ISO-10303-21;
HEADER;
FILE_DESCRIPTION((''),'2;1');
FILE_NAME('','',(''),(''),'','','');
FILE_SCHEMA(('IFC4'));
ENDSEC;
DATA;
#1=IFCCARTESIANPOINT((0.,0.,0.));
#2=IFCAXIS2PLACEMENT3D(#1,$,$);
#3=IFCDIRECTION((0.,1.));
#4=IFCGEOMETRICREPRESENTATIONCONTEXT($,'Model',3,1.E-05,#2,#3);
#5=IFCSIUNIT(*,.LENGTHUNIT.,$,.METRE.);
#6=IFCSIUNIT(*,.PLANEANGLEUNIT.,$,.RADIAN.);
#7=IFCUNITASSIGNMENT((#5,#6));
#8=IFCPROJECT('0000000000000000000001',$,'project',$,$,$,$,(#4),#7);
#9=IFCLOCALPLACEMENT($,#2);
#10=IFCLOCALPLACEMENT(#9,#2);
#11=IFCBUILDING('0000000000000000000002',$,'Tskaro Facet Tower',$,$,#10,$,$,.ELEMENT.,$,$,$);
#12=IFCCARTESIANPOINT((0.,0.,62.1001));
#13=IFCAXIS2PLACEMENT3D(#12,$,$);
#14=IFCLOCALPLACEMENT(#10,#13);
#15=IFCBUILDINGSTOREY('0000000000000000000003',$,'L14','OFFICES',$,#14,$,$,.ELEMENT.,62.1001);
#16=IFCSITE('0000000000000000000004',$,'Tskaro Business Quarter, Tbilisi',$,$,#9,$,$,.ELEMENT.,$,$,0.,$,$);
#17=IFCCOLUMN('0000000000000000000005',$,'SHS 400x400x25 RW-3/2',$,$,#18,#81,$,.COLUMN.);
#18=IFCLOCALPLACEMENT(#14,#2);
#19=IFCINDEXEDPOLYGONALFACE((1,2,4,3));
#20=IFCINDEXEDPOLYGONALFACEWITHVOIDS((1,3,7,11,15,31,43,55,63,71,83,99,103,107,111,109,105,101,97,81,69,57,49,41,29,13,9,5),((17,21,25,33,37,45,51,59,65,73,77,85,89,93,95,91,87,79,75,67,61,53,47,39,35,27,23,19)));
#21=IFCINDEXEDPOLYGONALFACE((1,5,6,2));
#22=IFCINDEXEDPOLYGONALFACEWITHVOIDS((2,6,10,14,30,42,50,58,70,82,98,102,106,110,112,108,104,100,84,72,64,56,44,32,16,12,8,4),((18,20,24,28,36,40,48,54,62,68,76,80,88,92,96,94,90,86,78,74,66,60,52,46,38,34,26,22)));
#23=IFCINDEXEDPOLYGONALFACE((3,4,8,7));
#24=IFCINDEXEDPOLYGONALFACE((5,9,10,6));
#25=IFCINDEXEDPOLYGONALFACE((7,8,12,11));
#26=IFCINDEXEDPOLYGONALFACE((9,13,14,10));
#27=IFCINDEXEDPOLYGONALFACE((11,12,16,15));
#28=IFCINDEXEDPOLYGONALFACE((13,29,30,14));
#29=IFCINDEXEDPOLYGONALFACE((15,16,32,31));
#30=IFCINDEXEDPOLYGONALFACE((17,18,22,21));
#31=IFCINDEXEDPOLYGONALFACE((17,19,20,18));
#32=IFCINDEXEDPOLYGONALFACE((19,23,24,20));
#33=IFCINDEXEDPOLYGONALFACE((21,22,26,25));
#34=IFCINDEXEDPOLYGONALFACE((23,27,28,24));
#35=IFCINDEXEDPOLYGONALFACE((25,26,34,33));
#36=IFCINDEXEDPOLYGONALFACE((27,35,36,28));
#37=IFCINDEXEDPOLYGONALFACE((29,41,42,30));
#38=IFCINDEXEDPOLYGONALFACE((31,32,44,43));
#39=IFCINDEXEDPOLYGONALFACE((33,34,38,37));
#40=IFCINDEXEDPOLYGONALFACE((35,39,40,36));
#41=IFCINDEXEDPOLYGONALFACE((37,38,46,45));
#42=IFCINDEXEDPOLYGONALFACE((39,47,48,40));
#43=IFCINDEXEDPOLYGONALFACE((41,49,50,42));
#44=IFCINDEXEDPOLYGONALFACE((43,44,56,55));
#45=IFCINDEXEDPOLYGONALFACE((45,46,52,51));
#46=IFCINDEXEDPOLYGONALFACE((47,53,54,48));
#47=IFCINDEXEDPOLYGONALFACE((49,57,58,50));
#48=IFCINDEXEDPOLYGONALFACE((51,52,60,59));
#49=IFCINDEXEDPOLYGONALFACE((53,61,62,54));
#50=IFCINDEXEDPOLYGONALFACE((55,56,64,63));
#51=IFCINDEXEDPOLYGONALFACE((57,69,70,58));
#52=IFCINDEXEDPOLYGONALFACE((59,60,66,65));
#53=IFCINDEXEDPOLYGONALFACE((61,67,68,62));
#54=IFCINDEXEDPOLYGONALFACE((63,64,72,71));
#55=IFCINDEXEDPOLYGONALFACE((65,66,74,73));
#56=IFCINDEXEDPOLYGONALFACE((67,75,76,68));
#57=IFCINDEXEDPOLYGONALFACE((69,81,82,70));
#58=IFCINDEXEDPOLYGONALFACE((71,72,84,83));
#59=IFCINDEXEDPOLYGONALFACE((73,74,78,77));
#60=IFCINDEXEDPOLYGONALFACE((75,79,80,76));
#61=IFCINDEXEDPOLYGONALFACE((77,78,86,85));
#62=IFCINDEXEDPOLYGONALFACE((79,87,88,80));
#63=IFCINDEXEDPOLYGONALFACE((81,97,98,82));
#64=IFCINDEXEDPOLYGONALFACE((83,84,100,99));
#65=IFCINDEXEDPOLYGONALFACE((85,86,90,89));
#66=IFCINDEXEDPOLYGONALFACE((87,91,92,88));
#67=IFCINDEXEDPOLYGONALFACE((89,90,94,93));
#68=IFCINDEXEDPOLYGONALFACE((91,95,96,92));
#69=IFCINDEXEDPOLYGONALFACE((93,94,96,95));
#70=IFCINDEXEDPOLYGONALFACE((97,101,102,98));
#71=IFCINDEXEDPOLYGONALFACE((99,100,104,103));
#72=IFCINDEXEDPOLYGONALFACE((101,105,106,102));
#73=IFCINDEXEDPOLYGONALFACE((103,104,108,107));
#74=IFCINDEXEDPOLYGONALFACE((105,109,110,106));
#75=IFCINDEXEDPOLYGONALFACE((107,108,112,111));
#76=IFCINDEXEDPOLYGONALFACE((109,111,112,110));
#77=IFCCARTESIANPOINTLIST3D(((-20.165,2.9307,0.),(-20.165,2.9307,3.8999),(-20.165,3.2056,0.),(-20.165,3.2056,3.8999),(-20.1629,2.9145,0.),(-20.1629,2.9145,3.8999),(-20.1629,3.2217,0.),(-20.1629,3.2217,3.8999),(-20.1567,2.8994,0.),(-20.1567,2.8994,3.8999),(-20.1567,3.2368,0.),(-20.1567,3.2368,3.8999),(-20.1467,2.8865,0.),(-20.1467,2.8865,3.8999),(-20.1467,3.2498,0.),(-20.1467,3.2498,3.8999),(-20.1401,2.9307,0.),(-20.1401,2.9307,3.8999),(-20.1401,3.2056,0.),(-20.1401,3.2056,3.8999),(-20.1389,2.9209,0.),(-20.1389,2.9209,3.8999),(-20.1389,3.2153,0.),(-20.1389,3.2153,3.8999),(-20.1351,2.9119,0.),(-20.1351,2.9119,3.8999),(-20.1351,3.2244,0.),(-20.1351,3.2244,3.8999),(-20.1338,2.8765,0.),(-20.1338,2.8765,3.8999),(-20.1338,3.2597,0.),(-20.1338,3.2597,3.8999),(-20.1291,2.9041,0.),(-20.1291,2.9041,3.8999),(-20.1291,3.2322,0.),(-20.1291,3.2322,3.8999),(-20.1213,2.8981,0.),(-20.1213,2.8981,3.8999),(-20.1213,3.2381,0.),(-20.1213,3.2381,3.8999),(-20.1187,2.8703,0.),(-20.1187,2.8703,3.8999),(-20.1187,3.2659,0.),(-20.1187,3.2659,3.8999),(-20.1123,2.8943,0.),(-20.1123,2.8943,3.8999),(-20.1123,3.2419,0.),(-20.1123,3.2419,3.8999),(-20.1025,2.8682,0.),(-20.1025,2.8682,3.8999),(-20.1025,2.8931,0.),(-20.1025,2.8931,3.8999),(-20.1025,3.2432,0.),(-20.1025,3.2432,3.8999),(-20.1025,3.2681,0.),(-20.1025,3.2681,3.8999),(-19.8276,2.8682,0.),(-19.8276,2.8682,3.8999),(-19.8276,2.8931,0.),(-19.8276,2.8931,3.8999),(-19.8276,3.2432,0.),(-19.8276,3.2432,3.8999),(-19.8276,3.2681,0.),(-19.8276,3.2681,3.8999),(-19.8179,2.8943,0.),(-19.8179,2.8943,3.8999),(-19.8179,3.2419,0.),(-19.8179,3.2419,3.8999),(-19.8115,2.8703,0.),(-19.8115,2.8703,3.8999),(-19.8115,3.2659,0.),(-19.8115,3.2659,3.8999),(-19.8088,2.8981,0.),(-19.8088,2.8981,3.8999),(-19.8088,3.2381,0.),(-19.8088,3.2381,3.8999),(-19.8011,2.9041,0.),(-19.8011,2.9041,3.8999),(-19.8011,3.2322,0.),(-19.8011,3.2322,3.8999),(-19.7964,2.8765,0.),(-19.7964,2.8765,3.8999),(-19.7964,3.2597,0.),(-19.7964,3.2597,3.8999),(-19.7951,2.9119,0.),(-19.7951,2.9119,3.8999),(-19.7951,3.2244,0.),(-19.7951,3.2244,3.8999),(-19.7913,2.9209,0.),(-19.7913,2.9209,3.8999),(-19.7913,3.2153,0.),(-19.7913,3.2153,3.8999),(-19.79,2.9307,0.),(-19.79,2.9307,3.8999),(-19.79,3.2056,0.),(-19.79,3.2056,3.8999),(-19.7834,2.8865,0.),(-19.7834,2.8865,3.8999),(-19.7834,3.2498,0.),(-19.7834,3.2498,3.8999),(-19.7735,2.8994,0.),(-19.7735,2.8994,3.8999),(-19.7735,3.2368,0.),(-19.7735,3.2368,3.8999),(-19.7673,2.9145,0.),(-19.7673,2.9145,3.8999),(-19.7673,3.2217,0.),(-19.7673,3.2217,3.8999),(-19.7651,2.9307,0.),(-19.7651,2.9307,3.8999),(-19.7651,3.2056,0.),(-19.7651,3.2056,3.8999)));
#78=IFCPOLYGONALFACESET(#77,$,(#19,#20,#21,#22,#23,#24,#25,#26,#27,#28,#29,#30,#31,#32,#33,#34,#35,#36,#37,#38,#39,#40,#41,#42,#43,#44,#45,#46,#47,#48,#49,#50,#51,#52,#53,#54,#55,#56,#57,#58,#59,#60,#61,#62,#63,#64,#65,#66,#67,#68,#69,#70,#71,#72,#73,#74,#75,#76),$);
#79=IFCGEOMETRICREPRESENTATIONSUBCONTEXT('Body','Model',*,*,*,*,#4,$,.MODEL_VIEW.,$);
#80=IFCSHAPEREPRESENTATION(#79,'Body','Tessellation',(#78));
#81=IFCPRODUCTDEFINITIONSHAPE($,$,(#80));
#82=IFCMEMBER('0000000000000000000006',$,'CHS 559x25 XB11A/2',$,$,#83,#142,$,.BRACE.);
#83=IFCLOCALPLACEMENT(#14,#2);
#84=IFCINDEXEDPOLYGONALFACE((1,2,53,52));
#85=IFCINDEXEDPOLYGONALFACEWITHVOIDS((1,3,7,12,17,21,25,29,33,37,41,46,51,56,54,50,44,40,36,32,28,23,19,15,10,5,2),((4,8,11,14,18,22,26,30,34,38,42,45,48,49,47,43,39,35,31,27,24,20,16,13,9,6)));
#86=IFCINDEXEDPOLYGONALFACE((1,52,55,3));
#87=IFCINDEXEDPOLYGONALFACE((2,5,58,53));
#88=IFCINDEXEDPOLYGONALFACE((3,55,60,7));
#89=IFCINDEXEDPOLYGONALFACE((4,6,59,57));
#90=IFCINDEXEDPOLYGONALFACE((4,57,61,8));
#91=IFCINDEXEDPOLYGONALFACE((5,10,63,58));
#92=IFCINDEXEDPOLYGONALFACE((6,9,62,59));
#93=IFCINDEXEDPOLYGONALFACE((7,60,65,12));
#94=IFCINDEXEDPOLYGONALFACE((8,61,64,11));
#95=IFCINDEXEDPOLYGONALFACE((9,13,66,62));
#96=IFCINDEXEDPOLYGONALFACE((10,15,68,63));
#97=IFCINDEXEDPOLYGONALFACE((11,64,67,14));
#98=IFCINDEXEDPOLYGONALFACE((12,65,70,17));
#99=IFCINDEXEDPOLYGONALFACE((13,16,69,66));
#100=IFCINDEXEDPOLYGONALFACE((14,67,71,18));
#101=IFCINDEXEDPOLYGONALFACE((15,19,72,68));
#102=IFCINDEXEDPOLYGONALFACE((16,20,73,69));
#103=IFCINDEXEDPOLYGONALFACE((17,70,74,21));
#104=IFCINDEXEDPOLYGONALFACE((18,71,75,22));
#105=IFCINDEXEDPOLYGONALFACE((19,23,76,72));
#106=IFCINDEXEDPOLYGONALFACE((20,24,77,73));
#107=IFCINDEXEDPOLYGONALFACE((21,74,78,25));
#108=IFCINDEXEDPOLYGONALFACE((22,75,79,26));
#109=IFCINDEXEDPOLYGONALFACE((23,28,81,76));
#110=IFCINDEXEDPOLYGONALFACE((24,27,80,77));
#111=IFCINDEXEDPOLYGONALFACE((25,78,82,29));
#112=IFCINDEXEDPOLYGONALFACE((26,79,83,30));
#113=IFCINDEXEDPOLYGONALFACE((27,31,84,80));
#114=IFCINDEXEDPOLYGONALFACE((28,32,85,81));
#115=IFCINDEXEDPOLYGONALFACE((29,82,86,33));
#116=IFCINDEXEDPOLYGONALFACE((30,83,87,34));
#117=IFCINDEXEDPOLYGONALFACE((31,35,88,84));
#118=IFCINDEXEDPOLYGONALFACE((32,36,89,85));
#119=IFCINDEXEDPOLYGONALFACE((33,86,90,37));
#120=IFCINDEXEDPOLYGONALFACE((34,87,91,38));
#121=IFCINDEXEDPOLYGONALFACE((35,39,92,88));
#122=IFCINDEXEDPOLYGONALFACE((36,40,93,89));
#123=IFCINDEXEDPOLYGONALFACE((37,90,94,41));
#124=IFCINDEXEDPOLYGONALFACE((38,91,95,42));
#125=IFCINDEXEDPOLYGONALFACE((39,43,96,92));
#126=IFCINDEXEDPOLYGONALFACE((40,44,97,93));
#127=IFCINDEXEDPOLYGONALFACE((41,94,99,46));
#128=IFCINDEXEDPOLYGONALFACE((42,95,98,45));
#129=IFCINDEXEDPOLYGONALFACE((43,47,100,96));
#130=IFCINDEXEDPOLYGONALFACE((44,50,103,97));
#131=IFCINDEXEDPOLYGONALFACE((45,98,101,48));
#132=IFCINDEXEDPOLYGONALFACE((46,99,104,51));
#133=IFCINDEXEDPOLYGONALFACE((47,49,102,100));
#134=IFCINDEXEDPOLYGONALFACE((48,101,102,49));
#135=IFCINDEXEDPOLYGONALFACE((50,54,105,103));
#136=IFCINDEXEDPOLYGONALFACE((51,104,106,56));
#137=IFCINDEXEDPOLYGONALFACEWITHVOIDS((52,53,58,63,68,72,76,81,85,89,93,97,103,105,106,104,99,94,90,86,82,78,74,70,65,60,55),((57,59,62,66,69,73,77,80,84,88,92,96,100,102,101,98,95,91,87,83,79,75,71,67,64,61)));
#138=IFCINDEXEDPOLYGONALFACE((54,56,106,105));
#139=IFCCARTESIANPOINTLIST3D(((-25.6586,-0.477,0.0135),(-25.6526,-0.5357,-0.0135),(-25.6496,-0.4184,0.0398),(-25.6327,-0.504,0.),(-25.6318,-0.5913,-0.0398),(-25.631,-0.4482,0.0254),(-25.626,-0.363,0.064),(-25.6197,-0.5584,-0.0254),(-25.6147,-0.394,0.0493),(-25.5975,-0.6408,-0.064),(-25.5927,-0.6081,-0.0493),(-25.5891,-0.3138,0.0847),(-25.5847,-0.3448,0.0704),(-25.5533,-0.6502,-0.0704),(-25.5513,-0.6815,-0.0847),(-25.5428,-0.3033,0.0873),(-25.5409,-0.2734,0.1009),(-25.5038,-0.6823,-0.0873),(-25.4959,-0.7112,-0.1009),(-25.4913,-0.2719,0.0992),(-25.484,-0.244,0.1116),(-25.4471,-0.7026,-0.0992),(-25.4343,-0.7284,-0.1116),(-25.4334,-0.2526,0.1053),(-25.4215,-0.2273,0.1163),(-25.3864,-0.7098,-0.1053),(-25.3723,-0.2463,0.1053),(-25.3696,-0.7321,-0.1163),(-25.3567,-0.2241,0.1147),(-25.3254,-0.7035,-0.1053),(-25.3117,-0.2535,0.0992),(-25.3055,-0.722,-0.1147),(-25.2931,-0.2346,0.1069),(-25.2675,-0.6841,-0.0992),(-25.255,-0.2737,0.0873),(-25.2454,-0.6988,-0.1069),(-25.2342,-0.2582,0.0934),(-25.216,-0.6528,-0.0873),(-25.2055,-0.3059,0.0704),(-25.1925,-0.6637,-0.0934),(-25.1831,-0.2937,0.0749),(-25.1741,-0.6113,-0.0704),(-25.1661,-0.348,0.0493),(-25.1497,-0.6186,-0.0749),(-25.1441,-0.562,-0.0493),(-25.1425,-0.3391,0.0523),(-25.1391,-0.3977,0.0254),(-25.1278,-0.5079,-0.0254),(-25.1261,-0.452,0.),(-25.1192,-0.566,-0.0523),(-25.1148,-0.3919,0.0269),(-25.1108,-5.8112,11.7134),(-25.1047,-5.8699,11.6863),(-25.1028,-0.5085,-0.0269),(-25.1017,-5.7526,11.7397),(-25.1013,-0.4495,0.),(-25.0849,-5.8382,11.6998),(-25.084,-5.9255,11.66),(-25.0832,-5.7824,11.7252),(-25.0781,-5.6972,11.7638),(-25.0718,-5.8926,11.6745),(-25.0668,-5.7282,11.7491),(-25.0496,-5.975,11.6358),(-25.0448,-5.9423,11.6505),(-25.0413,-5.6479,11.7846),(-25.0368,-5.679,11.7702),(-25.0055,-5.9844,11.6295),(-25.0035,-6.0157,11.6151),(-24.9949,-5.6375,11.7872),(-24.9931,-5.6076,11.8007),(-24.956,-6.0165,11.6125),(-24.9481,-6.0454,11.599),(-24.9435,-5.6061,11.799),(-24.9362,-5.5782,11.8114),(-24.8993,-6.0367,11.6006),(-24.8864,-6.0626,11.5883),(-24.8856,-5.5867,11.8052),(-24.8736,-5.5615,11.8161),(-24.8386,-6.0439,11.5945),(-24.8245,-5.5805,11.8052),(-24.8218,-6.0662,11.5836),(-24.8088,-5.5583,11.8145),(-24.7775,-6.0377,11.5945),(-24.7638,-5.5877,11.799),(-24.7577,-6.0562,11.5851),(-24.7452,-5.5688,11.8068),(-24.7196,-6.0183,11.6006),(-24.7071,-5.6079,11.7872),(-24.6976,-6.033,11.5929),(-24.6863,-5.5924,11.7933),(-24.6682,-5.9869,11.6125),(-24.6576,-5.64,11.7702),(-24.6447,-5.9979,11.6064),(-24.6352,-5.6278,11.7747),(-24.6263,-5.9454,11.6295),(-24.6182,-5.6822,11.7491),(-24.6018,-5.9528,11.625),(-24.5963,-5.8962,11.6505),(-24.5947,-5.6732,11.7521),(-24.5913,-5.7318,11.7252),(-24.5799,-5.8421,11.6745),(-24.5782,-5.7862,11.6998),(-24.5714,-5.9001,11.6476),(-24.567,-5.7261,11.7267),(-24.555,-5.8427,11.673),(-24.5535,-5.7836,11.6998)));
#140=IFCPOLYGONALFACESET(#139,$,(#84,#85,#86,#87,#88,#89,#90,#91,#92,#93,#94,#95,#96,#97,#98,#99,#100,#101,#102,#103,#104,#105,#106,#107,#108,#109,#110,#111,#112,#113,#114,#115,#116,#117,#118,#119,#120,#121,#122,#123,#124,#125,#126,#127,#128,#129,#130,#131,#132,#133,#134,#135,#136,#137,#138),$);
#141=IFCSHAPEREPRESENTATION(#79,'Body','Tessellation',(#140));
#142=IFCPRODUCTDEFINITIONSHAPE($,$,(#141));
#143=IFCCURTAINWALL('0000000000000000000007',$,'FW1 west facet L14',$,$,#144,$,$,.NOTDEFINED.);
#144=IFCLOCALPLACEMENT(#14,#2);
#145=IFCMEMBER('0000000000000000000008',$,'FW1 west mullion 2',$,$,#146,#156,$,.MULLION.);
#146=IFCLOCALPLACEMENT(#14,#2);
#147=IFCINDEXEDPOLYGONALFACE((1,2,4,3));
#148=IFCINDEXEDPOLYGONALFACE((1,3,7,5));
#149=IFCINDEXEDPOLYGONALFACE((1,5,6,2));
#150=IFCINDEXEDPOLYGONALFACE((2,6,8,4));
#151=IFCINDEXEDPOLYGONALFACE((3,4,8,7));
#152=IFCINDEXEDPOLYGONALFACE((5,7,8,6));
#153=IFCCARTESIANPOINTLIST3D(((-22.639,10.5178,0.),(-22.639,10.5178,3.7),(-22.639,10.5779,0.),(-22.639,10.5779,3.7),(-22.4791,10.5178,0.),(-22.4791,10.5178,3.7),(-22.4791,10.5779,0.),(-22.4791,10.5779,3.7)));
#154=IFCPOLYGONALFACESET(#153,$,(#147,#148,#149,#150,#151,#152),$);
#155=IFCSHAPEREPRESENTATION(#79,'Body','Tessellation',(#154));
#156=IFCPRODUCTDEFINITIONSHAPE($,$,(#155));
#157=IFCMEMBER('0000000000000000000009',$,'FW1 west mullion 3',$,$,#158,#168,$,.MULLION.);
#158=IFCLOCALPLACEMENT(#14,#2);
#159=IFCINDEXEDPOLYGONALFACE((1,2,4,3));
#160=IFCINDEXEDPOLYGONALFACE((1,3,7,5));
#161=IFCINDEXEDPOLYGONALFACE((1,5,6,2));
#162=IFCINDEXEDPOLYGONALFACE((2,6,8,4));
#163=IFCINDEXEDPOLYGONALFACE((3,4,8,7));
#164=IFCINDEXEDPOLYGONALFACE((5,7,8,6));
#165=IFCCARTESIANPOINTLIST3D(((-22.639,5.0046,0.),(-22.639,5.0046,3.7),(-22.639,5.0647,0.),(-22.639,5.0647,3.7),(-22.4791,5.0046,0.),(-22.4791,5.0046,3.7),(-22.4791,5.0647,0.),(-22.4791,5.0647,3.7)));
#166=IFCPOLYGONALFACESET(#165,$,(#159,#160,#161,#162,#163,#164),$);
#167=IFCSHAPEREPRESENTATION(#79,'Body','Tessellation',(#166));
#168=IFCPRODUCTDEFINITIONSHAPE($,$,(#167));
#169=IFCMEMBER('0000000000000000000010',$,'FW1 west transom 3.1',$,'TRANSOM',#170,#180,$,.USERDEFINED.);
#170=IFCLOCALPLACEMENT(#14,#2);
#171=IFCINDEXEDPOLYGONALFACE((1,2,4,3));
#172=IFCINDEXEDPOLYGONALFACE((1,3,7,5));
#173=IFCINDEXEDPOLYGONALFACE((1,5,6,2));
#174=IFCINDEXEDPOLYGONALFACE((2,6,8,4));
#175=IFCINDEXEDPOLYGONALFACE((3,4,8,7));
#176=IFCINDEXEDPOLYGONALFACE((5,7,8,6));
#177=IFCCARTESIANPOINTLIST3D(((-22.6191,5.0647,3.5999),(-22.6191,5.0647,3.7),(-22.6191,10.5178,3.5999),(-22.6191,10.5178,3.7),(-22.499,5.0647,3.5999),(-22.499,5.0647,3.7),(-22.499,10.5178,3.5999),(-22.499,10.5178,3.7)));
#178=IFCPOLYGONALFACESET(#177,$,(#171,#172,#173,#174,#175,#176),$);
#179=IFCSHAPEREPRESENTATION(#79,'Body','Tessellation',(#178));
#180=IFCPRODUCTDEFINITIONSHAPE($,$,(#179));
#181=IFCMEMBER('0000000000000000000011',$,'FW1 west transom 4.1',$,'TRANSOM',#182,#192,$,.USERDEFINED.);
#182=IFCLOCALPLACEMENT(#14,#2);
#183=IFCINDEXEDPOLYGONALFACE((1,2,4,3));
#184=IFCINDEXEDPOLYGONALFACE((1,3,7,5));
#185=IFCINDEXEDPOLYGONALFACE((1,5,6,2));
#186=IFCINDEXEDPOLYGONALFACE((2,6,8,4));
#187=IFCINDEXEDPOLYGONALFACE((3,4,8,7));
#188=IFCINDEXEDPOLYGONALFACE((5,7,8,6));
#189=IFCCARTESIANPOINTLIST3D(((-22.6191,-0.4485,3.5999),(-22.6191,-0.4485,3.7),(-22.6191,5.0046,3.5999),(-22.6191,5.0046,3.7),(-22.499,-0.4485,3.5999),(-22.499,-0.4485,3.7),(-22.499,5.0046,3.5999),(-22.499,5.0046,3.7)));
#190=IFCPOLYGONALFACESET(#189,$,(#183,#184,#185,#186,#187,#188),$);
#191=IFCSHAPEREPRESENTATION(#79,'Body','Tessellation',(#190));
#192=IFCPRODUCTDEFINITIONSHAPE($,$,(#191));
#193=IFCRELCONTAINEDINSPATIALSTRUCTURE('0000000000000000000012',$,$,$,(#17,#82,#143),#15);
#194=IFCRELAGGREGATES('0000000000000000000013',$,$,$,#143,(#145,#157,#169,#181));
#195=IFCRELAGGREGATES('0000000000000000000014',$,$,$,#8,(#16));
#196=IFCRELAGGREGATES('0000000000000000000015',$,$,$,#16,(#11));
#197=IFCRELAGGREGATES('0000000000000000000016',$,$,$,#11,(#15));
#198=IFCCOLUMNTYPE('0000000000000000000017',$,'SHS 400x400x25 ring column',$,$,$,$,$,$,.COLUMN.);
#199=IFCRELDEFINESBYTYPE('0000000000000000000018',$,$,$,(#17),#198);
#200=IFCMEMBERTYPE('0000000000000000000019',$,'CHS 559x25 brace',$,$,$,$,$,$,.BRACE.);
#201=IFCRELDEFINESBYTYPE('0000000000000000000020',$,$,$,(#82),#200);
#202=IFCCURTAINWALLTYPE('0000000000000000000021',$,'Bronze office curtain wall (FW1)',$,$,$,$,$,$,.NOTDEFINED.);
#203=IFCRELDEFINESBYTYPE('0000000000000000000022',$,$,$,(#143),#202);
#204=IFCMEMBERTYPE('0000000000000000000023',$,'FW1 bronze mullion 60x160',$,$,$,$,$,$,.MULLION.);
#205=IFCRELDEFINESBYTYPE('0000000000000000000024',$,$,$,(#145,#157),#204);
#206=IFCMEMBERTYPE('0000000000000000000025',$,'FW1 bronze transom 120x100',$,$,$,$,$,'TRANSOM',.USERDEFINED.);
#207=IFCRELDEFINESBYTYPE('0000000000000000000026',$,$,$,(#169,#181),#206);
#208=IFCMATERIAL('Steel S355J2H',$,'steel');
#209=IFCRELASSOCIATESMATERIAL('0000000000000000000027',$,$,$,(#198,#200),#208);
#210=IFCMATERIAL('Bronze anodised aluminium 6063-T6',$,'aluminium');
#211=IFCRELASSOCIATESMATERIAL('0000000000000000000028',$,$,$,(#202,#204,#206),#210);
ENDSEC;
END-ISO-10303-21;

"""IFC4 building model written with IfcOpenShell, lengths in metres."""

from ifc_helpers import new_model, si_unit, direction, frame, origin, origin_2d, place, context, subcontext, project, spatial, rectangle, hollow_rectangle, hollow_circle, extrude, material, material_profile, profile_set, type_object, element, aggregate, save


model = new_model("IFC4")

# Units and contexts
model_context = context("Model", 3, precision=1e-05, world=origin(), true_north=direction((0.0, 1.0)))
body_context = subcontext(model_context, "Body", "Model", "MODEL_VIEW")
ifc_project = project(units=[si_unit("LENGTHUNIT", "METRE"), si_unit("PLANEANGLEUNIT", "RADIAN")], contexts=[model_context])

# Site, building, storey
site_placement = place(None, origin())
site = spatial("IfcSite", under=ifc_project, at=site_placement, Name="Tskaro Business Quarter, Tbilisi", CompositionType="ELEMENT", RefElevation=0.0)
building_placement = place(site_placement, origin())
building = spatial("IfcBuilding", under=site, at=building_placement, Name="Tskaro Facet Tower", CompositionType="ELEMENT")
storey_placement = place(building_placement, frame((0.0, 0.0, 62.1001)))
storey = spatial("IfcBuildingStorey", under=building, at=storey_placement, Name="L14", Description="OFFICES", CompositionType="ELEMENT", Elevation=62.1001)

# Column
ifc_material_1 = material(Name="Steel S355J2H", Category="steel")
ifc_material_profile_1 = material_profile(ifc_material_1, hollow_rectangle(XDim=0.3999, YDim=0.3999, WallThickness=0.0249, InnerFilletRadius=0.0376, OuterFilletRadius=0.0625, at=origin_2d()), Name="SHS 400x400x25")
ifc_profile_set_1 = profile_set([ifc_material_profile_1], Name="Steel S355J2H")
column_type_1 = type_object("IfcColumnType", Name="SHS 400x400x25 ring column", PredefinedType="COLUMN", material=ifc_profile_set_1)
for number, where, z_axis, x_axis, name in (
    (1, (-19.9651, 3.0681, 0.0), (0.0, 0.0, 1.0), (1.0, 0.0, 0.0), "SHS 400x400x25 RW-3/2"),
):
    element("IfcColumn", number, at=place(storey_placement, frame(where, z_axis=z_axis, x_axis=x_axis)), inside=storey, type_object=column_type_1, Name=name, PredefinedType="COLUMN", context=body_context, shape_type="SweptSolid", body=[
        extrude(hollow_rectangle(XDim=0.3999, YDim=0.3999, WallThickness=0.0249, InnerFilletRadius=0.0376, OuterFilletRadius=0.0625, at=origin_2d()), origin(), (0.0, 0.0, 1.0), 3.8999),
    ])

# Member
ifc_material_profile_2 = material_profile(ifc_material_1, hollow_circle(Radius=0.2795, WallThickness=0.0249, at=origin_2d()), Name="CHS 559x25")
ifc_profile_set_2 = profile_set([ifc_material_profile_2], Name="Steel S355J2H")
member_type_1 = type_object("IfcMemberType", Name="CHS 559x25 brace", PredefinedType="BRACE", material=ifc_profile_set_2)
member_1_placement = place(storey_placement, frame((-25.3794, -0.478, 0.0), z_axis=(0.042567, -0.414462, 0.90907), x_axis=(0.994767, 0.102167, 0.0)))
element("IfcMember", 2, at=member_1_placement, inside=storey, type_object=member_type_1, Name="CHS 559x25 XB11A/2", PredefinedType="BRACE", context=body_context, shape_type="SweptSolid", body=[
    extrude(hollow_circle(Radius=0.2795, WallThickness=0.0249, at=origin_2d()), origin(), (0.0, 0.0, 1.0), 12.8701),
])

# Curtain wall, members
ifc_material_2 = material(Name="Bronze anodised aluminium 6063-T6", Category="aluminium")
curtain_wall_type = type_object("IfcCurtainWallType", Name="Bronze office curtain wall (FW1)", PredefinedType="NOTDEFINED", material=ifc_material_2)
curtain_wall_placement = place(storey_placement, origin())
curtain_wall = element("IfcCurtainWall", 3, at=curtain_wall_placement, inside=storey, type_object=curtain_wall_type, Name="FW1 west facet L14", PredefinedType="NOTDEFINED")
ifc_material_profile_3 = material_profile(ifc_material_2, rectangle(XDim=0.0601, YDim=0.1599, at=origin_2d()), Name="Mullion 60x160")
ifc_profile_set_3 = profile_set([ifc_material_profile_3], Name="Bronze anodised aluminium 6063-T6")
member_type_2 = type_object("IfcMemberType", Name="FW1 bronze mullion 60x160", PredefinedType="MULLION", material=ifc_profile_set_3)
member_2_placement = place(storey_placement, frame((-22.5591, 10.5479, 0.0), z_axis=(0.0, 0.0, 1.0), x_axis=(0.0, -1.0, 0.0)))
member_2 = element("IfcMember", 4, at=member_2_placement, type_object=member_type_2, Name="FW1 west mullion 2", PredefinedType="MULLION", context=body_context, shape_type="SweptSolid", body=[
    extrude(rectangle(XDim=0.0601, YDim=0.1599, at=origin_2d()), origin(), (0.0, 0.0, 1.0), 3.7),
])
member_3_placement = place(storey_placement, frame((-22.5591, 5.0347, 0.0), z_axis=(0.0, 0.0, 1.0), x_axis=(0.0, -1.0, 0.0)))
member_3 = element("IfcMember", 5, at=member_3_placement, type_object=member_type_2, Name="FW1 west mullion 3", PredefinedType="MULLION", context=body_context, shape_type="SweptSolid", body=[
    extrude(rectangle(XDim=0.0601, YDim=0.1599, at=origin_2d()), origin(), (0.0, 0.0, 1.0), 3.7),
])
ifc_material_profile_4 = material_profile(ifc_material_2, rectangle(XDim=0.1201, YDim=0.1001, at=origin_2d()), Name="Transom 120x100")
ifc_profile_set_4 = profile_set([ifc_material_profile_4], Name="Bronze anodised aluminium 6063-T6")
member_type_3 = type_object("IfcMemberType", Name="FW1 bronze transom 120x100", ElementType="TRANSOM", PredefinedType="USERDEFINED", material=ifc_profile_set_4)
member_4_placement = place(storey_placement, frame((-22.5591, 10.5178, 3.6499), z_axis=(0.0, -1.0, 0.0), x_axis=(1.0, 0.0, 0.0)))
member_4 = element("IfcMember", 6, at=member_4_placement, type_object=member_type_3, Name="FW1 west transom 3.1", ObjectType="TRANSOM", PredefinedType="USERDEFINED", context=body_context, shape_type="SweptSolid", body=[
    extrude(rectangle(XDim=0.1201, YDim=0.1001, at=origin_2d()), origin(), (0.0, 0.0, 1.0), 5.4531),
])
member_5_placement = place(storey_placement, frame((-22.5591, 5.0046, 3.6499), z_axis=(0.0, -1.0, 0.0), x_axis=(1.0, 0.0, 0.0)))
member_5 = element("IfcMember", 7, at=member_5_placement, type_object=member_type_3, Name="FW1 west transom 4.1", ObjectType="TRANSOM", PredefinedType="USERDEFINED", context=body_context, shape_type="SweptSolid", body=[
    extrude(rectangle(XDim=0.1201, YDim=0.1001, at=origin_2d()), origin(), (0.0, 0.0, 1.0), 5.4531),
])
aggregate(curtain_wall, [member_2, member_3, member_4, member_5])

save(model, "model.ifc")
